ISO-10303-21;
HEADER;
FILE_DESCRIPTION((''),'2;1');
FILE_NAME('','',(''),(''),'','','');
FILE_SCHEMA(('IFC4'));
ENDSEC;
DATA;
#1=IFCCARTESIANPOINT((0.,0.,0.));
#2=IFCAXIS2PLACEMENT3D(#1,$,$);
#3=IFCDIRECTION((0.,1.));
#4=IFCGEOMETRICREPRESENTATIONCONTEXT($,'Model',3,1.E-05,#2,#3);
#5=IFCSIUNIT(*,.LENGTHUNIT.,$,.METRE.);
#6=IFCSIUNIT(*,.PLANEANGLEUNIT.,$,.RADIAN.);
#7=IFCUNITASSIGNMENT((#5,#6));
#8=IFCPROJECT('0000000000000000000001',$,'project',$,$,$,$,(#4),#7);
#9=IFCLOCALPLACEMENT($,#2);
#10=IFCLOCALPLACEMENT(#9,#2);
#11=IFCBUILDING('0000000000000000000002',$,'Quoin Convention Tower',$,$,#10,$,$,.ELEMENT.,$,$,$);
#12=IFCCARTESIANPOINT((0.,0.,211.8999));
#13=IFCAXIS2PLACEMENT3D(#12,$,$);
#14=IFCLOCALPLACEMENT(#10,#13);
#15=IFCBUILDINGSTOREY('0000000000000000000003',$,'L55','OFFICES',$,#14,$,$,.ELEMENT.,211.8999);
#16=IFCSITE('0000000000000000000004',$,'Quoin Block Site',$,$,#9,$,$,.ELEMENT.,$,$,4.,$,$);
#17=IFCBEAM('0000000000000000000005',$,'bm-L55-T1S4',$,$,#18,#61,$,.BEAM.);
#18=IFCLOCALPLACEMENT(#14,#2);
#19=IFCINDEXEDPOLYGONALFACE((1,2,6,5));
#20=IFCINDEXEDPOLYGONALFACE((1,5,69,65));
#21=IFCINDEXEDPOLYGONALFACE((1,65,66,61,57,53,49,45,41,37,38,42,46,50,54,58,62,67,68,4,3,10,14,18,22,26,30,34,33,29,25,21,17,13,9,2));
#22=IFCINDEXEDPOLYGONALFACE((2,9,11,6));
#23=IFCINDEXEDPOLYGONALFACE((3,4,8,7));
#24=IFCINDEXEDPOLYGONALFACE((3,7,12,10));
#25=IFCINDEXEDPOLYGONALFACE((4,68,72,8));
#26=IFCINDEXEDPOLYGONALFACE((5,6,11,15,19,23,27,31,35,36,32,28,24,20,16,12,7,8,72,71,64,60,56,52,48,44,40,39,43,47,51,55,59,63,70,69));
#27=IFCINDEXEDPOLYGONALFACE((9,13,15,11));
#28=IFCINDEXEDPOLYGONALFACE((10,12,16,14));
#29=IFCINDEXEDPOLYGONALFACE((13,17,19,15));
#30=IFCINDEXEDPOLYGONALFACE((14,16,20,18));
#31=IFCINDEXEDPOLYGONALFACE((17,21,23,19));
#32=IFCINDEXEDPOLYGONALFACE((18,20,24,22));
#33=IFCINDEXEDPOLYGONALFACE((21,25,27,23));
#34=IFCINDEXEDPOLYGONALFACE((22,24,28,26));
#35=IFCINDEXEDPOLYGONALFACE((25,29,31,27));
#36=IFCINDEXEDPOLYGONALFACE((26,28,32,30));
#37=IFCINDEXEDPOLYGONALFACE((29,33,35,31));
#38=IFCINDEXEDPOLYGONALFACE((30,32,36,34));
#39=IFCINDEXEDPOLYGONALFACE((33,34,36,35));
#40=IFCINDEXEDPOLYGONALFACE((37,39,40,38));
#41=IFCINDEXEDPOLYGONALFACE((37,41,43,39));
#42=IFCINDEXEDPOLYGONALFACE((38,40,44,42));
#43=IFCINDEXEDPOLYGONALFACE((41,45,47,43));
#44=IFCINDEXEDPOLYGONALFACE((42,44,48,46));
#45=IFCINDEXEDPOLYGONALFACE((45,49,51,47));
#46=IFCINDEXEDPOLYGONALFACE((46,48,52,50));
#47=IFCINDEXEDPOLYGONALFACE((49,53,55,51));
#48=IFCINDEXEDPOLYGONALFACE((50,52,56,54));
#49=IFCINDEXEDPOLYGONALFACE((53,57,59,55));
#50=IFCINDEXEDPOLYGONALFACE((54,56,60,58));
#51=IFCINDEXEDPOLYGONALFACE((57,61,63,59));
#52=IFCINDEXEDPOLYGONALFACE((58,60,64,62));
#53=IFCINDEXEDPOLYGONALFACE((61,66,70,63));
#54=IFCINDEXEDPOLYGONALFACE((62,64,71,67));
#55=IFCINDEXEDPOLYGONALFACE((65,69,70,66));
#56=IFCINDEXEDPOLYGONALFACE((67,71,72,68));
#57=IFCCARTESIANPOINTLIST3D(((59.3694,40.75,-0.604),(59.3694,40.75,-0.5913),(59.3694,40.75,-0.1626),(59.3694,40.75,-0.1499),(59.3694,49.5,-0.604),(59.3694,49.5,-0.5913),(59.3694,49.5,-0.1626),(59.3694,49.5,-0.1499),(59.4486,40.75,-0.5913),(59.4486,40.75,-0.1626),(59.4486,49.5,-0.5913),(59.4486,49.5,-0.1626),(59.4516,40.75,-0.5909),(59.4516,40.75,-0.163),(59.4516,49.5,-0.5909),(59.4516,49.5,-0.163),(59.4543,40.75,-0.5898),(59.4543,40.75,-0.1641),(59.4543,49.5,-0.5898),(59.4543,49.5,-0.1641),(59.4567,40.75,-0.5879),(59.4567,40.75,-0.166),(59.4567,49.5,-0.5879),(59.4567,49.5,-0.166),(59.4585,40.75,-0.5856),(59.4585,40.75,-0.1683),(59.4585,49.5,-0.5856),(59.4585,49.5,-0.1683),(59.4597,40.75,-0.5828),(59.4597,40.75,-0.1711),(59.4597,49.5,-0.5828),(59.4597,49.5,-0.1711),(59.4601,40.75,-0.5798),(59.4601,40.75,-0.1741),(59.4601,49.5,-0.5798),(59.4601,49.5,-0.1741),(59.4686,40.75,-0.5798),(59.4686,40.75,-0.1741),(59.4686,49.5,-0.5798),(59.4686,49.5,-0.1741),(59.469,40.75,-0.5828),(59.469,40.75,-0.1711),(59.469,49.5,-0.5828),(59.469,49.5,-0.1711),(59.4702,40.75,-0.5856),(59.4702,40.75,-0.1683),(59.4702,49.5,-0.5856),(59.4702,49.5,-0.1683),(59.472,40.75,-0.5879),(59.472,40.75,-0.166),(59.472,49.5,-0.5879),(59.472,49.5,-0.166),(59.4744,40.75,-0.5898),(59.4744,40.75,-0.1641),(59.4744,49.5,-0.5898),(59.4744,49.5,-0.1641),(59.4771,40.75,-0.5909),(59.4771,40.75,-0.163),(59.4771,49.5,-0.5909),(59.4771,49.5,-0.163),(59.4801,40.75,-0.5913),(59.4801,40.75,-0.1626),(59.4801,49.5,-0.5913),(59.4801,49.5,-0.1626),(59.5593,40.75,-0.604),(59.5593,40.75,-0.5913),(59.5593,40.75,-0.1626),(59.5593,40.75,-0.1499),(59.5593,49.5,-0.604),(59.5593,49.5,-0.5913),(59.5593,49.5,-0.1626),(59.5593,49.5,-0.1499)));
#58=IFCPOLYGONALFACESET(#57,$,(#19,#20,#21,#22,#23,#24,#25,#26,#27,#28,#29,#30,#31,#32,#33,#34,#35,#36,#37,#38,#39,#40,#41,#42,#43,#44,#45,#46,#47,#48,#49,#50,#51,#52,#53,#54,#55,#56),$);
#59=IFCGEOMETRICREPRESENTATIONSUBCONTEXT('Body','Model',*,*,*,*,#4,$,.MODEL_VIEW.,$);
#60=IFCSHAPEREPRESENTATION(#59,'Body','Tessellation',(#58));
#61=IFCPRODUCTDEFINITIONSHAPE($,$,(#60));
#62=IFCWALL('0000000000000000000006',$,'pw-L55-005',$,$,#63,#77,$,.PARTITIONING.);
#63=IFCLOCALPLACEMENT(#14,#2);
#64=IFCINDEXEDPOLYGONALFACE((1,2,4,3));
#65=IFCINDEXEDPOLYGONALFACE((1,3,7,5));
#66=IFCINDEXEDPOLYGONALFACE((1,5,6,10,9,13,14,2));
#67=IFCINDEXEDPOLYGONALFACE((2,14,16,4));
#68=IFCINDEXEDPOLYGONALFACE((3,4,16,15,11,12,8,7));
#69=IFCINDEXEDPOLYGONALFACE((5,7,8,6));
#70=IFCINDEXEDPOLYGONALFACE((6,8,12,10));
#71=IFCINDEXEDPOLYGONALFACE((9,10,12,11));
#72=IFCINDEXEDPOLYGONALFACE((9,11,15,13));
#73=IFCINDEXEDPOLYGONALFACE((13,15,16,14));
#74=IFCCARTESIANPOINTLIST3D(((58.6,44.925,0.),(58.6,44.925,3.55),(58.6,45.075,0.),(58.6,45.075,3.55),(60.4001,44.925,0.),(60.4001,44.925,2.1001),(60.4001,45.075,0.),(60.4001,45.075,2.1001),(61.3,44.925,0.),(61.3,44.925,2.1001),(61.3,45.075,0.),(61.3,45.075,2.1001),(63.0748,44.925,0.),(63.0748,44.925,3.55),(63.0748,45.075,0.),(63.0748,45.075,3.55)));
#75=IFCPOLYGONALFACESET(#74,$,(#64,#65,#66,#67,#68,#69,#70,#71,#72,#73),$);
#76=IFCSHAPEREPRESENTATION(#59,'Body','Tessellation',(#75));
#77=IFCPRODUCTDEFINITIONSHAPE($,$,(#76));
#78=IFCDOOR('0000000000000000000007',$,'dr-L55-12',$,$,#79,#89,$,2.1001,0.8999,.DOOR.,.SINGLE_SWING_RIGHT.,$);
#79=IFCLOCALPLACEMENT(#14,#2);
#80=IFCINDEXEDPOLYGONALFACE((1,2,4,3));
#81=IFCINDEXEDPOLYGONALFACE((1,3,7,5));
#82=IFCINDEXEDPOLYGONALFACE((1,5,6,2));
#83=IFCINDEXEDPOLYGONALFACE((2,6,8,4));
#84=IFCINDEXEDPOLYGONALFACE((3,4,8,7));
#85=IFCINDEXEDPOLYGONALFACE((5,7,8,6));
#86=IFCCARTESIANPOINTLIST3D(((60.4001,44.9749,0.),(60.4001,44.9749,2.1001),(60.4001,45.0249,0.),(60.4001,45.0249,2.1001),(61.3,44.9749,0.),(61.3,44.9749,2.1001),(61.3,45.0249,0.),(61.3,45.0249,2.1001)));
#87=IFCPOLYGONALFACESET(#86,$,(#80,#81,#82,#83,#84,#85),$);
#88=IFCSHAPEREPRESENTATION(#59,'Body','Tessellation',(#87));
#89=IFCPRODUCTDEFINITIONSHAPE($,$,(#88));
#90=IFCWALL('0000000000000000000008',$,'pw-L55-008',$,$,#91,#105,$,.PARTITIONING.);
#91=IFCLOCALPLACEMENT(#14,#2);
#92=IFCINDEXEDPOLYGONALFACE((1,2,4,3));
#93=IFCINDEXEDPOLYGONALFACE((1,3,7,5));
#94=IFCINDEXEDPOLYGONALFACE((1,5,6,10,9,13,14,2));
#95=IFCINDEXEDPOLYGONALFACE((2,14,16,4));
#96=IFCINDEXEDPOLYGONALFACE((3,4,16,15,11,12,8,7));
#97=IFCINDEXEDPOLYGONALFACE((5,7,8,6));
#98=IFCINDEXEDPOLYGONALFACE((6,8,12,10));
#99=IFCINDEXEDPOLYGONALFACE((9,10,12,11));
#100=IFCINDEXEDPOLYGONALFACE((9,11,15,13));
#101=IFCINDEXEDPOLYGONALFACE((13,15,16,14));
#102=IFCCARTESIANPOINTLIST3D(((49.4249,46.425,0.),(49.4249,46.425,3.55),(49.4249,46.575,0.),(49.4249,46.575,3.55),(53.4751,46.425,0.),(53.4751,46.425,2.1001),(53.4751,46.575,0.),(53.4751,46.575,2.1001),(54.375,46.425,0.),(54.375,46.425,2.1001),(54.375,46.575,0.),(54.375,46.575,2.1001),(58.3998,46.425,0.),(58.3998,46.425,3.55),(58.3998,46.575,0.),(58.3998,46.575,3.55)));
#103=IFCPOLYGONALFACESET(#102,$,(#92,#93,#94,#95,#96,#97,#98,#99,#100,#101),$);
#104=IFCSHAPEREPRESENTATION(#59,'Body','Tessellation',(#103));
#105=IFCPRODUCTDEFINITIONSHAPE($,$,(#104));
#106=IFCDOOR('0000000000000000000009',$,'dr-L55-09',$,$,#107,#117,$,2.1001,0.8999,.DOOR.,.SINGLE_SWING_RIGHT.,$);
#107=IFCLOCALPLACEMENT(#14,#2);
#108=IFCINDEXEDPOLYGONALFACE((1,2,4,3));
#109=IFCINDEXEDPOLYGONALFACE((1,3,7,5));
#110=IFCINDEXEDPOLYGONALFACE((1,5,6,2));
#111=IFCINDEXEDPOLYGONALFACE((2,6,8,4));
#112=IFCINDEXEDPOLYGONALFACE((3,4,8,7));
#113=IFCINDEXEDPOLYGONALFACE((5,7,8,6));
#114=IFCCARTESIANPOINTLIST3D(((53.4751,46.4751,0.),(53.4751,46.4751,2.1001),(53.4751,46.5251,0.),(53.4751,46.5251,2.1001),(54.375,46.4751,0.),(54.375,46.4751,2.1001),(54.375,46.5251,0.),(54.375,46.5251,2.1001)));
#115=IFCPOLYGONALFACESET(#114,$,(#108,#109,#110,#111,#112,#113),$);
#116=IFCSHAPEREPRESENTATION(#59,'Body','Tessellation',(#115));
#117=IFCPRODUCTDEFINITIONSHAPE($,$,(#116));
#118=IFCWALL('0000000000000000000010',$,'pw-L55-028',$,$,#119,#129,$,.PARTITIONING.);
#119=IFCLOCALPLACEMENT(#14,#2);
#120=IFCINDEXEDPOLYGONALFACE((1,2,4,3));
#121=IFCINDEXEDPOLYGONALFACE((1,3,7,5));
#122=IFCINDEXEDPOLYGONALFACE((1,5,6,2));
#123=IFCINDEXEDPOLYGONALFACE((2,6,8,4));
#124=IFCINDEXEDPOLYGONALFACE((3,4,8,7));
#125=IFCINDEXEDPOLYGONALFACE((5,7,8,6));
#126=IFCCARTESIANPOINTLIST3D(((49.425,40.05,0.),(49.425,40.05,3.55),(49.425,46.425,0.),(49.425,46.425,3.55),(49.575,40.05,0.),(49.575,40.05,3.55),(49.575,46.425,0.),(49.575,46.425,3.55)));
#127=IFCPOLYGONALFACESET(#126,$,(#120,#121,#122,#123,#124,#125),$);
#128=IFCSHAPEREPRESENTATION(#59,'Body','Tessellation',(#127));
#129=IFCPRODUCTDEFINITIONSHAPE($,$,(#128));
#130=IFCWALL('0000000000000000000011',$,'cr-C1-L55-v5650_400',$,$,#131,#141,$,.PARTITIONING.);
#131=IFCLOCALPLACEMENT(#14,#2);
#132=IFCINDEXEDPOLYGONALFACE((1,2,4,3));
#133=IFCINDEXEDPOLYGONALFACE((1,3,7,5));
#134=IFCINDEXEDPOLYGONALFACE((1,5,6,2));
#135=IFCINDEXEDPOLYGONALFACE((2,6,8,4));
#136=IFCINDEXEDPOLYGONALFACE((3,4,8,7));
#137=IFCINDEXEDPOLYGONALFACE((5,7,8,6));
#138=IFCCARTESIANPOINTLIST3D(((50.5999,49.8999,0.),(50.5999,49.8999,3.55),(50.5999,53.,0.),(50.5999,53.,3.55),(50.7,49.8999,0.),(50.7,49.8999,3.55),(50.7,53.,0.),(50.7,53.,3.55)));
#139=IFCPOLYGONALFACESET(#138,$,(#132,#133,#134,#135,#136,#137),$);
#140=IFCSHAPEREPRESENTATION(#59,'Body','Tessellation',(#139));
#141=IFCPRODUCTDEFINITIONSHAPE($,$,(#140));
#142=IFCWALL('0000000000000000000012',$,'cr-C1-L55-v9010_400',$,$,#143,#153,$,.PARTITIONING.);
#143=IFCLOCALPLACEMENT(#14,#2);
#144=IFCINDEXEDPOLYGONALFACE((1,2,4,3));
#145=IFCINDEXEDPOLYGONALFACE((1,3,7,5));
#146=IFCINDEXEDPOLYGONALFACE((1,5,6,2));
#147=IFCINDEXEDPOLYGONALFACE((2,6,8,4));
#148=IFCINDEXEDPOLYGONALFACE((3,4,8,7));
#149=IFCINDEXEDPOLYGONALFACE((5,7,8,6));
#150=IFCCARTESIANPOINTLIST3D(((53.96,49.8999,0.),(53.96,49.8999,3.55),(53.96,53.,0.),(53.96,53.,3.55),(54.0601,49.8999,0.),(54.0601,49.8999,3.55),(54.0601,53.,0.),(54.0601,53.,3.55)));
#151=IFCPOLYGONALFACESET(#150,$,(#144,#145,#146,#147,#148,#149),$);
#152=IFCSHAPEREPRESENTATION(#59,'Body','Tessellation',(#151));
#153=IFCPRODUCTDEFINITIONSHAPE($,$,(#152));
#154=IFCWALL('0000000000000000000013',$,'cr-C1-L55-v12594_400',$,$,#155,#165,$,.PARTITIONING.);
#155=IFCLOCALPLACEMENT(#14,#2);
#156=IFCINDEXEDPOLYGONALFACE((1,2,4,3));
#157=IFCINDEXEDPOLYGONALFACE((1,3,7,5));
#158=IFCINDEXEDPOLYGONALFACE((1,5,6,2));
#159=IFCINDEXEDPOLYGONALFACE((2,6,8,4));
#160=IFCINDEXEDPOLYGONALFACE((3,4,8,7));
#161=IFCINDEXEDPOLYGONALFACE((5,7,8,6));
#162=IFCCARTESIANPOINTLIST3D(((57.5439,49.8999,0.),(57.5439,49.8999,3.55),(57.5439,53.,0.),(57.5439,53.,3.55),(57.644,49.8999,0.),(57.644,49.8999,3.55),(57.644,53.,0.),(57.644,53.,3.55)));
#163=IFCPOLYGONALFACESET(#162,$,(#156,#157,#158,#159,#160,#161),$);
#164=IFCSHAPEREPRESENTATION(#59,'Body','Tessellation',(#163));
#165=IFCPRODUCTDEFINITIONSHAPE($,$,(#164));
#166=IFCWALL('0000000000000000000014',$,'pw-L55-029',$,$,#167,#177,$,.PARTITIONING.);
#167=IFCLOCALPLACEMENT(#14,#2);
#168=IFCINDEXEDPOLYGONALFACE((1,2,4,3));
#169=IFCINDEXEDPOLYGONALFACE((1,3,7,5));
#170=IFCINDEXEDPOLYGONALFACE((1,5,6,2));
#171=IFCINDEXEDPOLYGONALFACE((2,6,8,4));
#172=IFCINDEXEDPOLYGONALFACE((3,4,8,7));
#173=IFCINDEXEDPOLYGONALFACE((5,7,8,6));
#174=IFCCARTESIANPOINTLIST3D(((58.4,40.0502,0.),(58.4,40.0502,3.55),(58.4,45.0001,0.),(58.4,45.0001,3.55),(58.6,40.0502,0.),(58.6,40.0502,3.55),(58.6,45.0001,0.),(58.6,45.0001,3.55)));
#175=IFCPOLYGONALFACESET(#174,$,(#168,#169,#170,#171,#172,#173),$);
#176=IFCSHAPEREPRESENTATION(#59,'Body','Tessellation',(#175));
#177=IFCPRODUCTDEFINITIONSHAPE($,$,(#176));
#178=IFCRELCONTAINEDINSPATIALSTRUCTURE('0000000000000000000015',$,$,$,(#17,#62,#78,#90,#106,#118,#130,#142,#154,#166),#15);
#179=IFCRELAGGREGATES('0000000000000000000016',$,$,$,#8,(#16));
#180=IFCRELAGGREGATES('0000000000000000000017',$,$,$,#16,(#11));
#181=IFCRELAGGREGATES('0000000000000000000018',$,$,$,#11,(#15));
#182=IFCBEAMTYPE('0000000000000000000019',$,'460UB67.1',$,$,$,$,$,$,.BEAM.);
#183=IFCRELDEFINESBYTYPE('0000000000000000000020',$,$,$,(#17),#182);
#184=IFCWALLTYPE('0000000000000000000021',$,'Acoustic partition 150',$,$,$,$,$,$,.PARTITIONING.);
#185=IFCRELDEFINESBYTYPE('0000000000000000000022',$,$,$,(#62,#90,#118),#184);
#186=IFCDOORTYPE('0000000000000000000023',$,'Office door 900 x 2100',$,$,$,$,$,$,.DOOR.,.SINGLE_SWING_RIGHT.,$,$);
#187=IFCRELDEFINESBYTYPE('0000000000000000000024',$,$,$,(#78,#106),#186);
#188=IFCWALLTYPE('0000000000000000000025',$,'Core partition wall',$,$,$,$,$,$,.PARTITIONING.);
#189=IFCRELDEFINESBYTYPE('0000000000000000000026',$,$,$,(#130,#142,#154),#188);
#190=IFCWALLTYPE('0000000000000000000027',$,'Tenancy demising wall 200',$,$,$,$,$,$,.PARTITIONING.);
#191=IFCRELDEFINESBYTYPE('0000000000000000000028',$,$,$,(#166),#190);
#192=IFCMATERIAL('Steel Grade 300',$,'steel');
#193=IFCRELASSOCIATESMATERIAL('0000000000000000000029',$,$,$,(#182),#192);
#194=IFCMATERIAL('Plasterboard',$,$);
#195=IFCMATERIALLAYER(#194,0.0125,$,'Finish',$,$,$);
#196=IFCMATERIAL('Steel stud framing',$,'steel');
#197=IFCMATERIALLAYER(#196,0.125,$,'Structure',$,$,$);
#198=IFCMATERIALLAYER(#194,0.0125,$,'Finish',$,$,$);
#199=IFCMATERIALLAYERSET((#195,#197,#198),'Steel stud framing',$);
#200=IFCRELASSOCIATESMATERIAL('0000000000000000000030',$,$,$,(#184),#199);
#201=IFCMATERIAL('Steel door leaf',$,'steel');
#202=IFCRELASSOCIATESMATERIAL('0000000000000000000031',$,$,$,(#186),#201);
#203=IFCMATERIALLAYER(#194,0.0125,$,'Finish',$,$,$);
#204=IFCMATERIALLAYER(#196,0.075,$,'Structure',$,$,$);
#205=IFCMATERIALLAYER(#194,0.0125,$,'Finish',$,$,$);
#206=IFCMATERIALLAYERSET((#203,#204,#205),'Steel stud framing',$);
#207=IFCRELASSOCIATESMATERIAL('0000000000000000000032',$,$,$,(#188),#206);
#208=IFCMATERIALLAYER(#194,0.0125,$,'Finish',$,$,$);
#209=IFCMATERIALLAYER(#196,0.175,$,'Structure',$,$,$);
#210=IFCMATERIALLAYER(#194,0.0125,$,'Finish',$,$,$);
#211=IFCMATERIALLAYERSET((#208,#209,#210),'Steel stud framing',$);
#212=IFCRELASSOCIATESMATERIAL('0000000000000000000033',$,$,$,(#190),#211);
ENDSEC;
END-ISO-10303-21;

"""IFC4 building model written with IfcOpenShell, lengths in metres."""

from ifc_helpers import new_model, si_unit, direction, frame, frame_2d, origin, origin_2d, place, context, subcontext, project, spatial, rectangle, i_section, extrude, material, layer, layer_set, material_profile, profile_set, type_object, element, fill, save


model = new_model("IFC4")

# Units and contexts
model_context = context("Model", 3, precision=1e-05, world=origin(), true_north=direction((0.0, 1.0)))
body_context = subcontext(model_context, "Body", "Model", "MODEL_VIEW")
ifc_project = project(units=[si_unit("LENGTHUNIT", "METRE"), si_unit("PLANEANGLEUNIT", "RADIAN")], contexts=[model_context])

# Site, building, storey
site_placement = place(None, origin())
site = spatial("IfcSite", under=ifc_project, at=site_placement, Name="Quoin Block Site", CompositionType="ELEMENT", RefElevation=4.0)
building_placement = place(site_placement, origin())
building = spatial("IfcBuilding", under=site, at=building_placement, Name="Quoin Convention Tower", CompositionType="ELEMENT")
storey_placement = place(building_placement, frame((0.0, 0.0, 211.8999)))
storey = spatial("IfcBuildingStorey", under=building, at=storey_placement, Name="L55", Description="OFFICES", CompositionType="ELEMENT", Elevation=211.8999)

# Beam
ifc_material_1 = material(Name="Steel Grade 300", Category="steel")
ifc_material_profile_1 = material_profile(ifc_material_1, i_section(OverallWidth=0.1899, OverallDepth=0.4541, WebThickness=0.0085, FlangeThickness=0.0127, FilletRadius=0.0115, at=origin_2d()), Name="460UB67.1")
ifc_profile_set_1 = profile_set([ifc_material_profile_1], Name="Steel Grade 300")
beam_type = type_object("IfcBeamType", Name="460UB67.1", PredefinedType="BEAM", material=ifc_profile_set_1)
for number, where, z_axis, x_axis, name in (
    (1, (59.4644, 40.75, -0.377), (0.0, 1.0, 0.0), (-1.0, 0.0, 0.0), "bm-L55-T1S4"),
):
    element("IfcBeam", number, at=place(storey_placement, frame(where, z_axis=z_axis, x_axis=x_axis)), inside=storey, type_object=beam_type, Name=name, PredefinedType="BEAM", context=body_context, shape_type="SweptSolid", body=[
        extrude(i_section(OverallWidth=0.1899, OverallDepth=0.4541, WebThickness=0.0085, FlangeThickness=0.0127, FilletRadius=0.0115, at=origin_2d()), origin(), (0.0, 0.0, 1.0), 8.75),
    ])

# Walls, openings, doors
ifc_material_2 = material(Name="Plasterboard")
ifc_layer_1 = layer(ifc_material_2, 0.0125, Name="Finish")
ifc_material_3 = material(Name="Steel stud framing", Category="steel")
ifc_layer_2 = layer(ifc_material_3, 0.125, Name="Structure")
ifc_layer_3 = layer(ifc_material_2, 0.0125, Name="Finish")
ifc_layer_set_1 = layer_set([ifc_layer_1, ifc_layer_2, ifc_layer_3], Name="Steel stud framing")
wall_type_1 = type_object("IfcWallType", Name="Acoustic partition 150", PredefinedType="PARTITIONING", material=ifc_layer_set_1)
wall_1_placement = place(storey_placement, frame((58.6001, 45.0, 0.0), z_axis=(0.0, 0.0, 1.0), x_axis=(1.0, 0.0, 0.0)))
wall_1 = element("IfcWall", 2, at=wall_1_placement, inside=storey, type_object=wall_type_1, Name="pw-L55-005", PredefinedType="PARTITIONING", context=body_context, shape_type="SweptSolid", body=[
    extrude(rectangle(XDim=4.4749, YDim=0.1499, at=frame_2d((2.2373, 0.0))), origin(), (0.0, 0.0, 1.0), 3.55),
])
opening_1_placement = place(wall_1_placement, frame((1.8, 0.0, 0.0)))
opening_1 = element("IfcOpeningElement", 3, at=opening_1_placement, cuts=wall_1, PredefinedType="OPENING", context=body_context, shape_type="SweptSolid", body=[
    extrude(rectangle(XDim=0.8999, YDim=2.1001, at=frame_2d((0.45, 1.05))), frame((0.0, 0.085, 0.0), z_axis=(0.0, -1.0, 0.0), x_axis=(1.0, 0.0, 0.0)), (0.0, 0.0, 1.0), 0.1699),
])
ifc_material_4 = material(Name="Steel door leaf", Category="steel")
door_type = type_object("IfcDoorType", Name="Office door 900 x 2100", OperationType="SINGLE_SWING_RIGHT", PredefinedType="DOOR", material=ifc_material_4)
door_1_placement = place(opening_1_placement, origin())
door_1 = element("IfcDoor", 4, at=door_1_placement, inside=storey, type_object=door_type, Name="dr-L55-12", OperationType="SINGLE_SWING_RIGHT", OverallHeight=2.1001, OverallWidth=0.8999, PredefinedType="DOOR", context=body_context, shape_type="SweptSolid", body=[
    extrude(rectangle(XDim=0.8999, YDim=2.1001, at=frame_2d((0.45, 1.05))), frame((0.0, 0.0249, 0.0), z_axis=(0.0, -1.0, 0.0), x_axis=(1.0, 0.0, 0.0)), (0.0, 0.0, 1.0), 0.05),
])
fill(opening_1, door_1)
wall_2_placement = place(storey_placement, frame((49.425, 46.5, 0.0), z_axis=(0.0, 0.0, 1.0), x_axis=(1.0, 0.0, 0.0)))
wall_2 = element("IfcWall", 5, at=wall_2_placement, inside=storey, type_object=wall_type_1, Name="pw-L55-008", PredefinedType="PARTITIONING", context=body_context, shape_type="SweptSolid", body=[
    extrude(rectangle(XDim=8.9749, YDim=0.1499, at=frame_2d((4.4873, 0.0))), origin(), (0.0, 0.0, 1.0), 3.55),
])
opening_2_placement = place(wall_2_placement, frame((4.05, 0.0, 0.0)))
opening_2 = element("IfcOpeningElement", 6, at=opening_2_placement, cuts=wall_2, PredefinedType="OPENING", context=body_context, shape_type="SweptSolid", body=[
    extrude(rectangle(XDim=0.8999, YDim=2.1001, at=frame_2d((0.45, 1.05))), frame((0.0, 0.085, 0.0), z_axis=(0.0, -1.0, 0.0), x_axis=(1.0, 0.0, 0.0)), (0.0, 0.0, 1.0), 0.1699),
])
door_2_placement = place(opening_2_placement, frame((0.8999, 0.0, 0.0), z_axis=(0.0, 0.0, 1.0), x_axis=(-1.0, 0.0, 0.0)))
door_2 = element("IfcDoor", 7, at=door_2_placement, inside=storey, type_object=door_type, Name="dr-L55-09", OperationType="SINGLE_SWING_RIGHT", OverallHeight=2.1001, OverallWidth=0.8999, PredefinedType="DOOR", context=body_context, shape_type="SweptSolid", body=[
    extrude(rectangle(XDim=0.8999, YDim=2.1001, at=frame_2d((0.45, 1.05))), frame((0.0, 0.0249, 0.0), z_axis=(0.0, -1.0, 0.0), x_axis=(1.0, 0.0, 0.0)), (0.0, 0.0, 1.0), 0.05),
])
fill(opening_2, door_2)

# Walls
wall_3_placement = place(storey_placement, frame((49.5, 40.05, 0.0), z_axis=(0.0, 0.0, 1.0), x_axis=(0.0, 1.0, 0.0)))
element("IfcWall", 8, at=wall_3_placement, inside=storey, type_object=wall_type_1, Name="pw-L55-028", PredefinedType="PARTITIONING", context=body_context, shape_type="SweptSolid", body=[
    extrude(rectangle(XDim=6.375, YDim=0.1499, at=frame_2d((3.1875, 0.0))), origin(), (0.0, 0.0, 1.0), 3.55),
])
ifc_layer_4 = layer(ifc_material_2, 0.0125, Name="Finish")
ifc_layer_5 = layer(ifc_material_3, 0.075, Name="Structure")
ifc_layer_6 = layer(ifc_material_2, 0.0125, Name="Finish")
ifc_layer_set_2 = layer_set([ifc_layer_4, ifc_layer_5, ifc_layer_6], Name="Steel stud framing")
wall_type_2 = type_object("IfcWallType", Name="Core partition wall", PredefinedType="PARTITIONING", material=ifc_layer_set_2)
for number, where, z_axis, x_axis, name in (
    (9, (50.6499, 49.8999, 0.0), (0.0, 0.0, 1.0), (0.0, 1.0, 0.0), "cr-C1-L55-v5650_400"),
    (10, (54.01, 49.8999, 0.0), (0.0, 0.0, 1.0), (0.0, 1.0, 0.0), "cr-C1-L55-v9010_400"),
    (11, (57.594, 49.8999, 0.0), (0.0, 0.0, 1.0), (0.0, 1.0, 0.0), "cr-C1-L55-v12594_400"),
):
    element("IfcWall", number, at=place(storey_placement, frame(where, z_axis=z_axis, x_axis=x_axis)), inside=storey, type_object=wall_type_2, Name=name, PredefinedType="PARTITIONING", context=body_context, shape_type="SweptSolid", body=[
        extrude(rectangle(XDim=3.1001, YDim=0.1001, at=frame_2d((1.55, 0.0))), origin(), (0.0, 0.0, 1.0), 3.55),
    ])
ifc_layer_7 = layer(ifc_material_2, 0.0125, Name="Finish")
ifc_layer_8 = layer(ifc_material_3, 0.175, Name="Structure")
ifc_layer_9 = layer(ifc_material_2, 0.0125, Name="Finish")
ifc_layer_set_3 = layer_set([ifc_layer_7, ifc_layer_8, ifc_layer_9], Name="Steel stud framing")
wall_type_3 = type_object("IfcWallType", Name="Tenancy demising wall 200", PredefinedType="PARTITIONING", material=ifc_layer_set_3)
wall_4_placement = place(storey_placement, frame((58.5, 40.05, 0.0), z_axis=(0.0, 0.0, 1.0), x_axis=(0.0, 1.0, 0.0)))
element("IfcWall", 12, at=wall_4_placement, inside=storey, type_object=wall_type_3, Name="pw-L55-029", PredefinedType="PARTITIONING", context=body_context, shape_type="SweptSolid", body=[
    extrude(rectangle(XDim=4.95, YDim=0.2, at=frame_2d((2.4751, 0.0))), origin(), (0.0, 0.0, 1.0), 3.55),
])

save(model, "model.ifc")
